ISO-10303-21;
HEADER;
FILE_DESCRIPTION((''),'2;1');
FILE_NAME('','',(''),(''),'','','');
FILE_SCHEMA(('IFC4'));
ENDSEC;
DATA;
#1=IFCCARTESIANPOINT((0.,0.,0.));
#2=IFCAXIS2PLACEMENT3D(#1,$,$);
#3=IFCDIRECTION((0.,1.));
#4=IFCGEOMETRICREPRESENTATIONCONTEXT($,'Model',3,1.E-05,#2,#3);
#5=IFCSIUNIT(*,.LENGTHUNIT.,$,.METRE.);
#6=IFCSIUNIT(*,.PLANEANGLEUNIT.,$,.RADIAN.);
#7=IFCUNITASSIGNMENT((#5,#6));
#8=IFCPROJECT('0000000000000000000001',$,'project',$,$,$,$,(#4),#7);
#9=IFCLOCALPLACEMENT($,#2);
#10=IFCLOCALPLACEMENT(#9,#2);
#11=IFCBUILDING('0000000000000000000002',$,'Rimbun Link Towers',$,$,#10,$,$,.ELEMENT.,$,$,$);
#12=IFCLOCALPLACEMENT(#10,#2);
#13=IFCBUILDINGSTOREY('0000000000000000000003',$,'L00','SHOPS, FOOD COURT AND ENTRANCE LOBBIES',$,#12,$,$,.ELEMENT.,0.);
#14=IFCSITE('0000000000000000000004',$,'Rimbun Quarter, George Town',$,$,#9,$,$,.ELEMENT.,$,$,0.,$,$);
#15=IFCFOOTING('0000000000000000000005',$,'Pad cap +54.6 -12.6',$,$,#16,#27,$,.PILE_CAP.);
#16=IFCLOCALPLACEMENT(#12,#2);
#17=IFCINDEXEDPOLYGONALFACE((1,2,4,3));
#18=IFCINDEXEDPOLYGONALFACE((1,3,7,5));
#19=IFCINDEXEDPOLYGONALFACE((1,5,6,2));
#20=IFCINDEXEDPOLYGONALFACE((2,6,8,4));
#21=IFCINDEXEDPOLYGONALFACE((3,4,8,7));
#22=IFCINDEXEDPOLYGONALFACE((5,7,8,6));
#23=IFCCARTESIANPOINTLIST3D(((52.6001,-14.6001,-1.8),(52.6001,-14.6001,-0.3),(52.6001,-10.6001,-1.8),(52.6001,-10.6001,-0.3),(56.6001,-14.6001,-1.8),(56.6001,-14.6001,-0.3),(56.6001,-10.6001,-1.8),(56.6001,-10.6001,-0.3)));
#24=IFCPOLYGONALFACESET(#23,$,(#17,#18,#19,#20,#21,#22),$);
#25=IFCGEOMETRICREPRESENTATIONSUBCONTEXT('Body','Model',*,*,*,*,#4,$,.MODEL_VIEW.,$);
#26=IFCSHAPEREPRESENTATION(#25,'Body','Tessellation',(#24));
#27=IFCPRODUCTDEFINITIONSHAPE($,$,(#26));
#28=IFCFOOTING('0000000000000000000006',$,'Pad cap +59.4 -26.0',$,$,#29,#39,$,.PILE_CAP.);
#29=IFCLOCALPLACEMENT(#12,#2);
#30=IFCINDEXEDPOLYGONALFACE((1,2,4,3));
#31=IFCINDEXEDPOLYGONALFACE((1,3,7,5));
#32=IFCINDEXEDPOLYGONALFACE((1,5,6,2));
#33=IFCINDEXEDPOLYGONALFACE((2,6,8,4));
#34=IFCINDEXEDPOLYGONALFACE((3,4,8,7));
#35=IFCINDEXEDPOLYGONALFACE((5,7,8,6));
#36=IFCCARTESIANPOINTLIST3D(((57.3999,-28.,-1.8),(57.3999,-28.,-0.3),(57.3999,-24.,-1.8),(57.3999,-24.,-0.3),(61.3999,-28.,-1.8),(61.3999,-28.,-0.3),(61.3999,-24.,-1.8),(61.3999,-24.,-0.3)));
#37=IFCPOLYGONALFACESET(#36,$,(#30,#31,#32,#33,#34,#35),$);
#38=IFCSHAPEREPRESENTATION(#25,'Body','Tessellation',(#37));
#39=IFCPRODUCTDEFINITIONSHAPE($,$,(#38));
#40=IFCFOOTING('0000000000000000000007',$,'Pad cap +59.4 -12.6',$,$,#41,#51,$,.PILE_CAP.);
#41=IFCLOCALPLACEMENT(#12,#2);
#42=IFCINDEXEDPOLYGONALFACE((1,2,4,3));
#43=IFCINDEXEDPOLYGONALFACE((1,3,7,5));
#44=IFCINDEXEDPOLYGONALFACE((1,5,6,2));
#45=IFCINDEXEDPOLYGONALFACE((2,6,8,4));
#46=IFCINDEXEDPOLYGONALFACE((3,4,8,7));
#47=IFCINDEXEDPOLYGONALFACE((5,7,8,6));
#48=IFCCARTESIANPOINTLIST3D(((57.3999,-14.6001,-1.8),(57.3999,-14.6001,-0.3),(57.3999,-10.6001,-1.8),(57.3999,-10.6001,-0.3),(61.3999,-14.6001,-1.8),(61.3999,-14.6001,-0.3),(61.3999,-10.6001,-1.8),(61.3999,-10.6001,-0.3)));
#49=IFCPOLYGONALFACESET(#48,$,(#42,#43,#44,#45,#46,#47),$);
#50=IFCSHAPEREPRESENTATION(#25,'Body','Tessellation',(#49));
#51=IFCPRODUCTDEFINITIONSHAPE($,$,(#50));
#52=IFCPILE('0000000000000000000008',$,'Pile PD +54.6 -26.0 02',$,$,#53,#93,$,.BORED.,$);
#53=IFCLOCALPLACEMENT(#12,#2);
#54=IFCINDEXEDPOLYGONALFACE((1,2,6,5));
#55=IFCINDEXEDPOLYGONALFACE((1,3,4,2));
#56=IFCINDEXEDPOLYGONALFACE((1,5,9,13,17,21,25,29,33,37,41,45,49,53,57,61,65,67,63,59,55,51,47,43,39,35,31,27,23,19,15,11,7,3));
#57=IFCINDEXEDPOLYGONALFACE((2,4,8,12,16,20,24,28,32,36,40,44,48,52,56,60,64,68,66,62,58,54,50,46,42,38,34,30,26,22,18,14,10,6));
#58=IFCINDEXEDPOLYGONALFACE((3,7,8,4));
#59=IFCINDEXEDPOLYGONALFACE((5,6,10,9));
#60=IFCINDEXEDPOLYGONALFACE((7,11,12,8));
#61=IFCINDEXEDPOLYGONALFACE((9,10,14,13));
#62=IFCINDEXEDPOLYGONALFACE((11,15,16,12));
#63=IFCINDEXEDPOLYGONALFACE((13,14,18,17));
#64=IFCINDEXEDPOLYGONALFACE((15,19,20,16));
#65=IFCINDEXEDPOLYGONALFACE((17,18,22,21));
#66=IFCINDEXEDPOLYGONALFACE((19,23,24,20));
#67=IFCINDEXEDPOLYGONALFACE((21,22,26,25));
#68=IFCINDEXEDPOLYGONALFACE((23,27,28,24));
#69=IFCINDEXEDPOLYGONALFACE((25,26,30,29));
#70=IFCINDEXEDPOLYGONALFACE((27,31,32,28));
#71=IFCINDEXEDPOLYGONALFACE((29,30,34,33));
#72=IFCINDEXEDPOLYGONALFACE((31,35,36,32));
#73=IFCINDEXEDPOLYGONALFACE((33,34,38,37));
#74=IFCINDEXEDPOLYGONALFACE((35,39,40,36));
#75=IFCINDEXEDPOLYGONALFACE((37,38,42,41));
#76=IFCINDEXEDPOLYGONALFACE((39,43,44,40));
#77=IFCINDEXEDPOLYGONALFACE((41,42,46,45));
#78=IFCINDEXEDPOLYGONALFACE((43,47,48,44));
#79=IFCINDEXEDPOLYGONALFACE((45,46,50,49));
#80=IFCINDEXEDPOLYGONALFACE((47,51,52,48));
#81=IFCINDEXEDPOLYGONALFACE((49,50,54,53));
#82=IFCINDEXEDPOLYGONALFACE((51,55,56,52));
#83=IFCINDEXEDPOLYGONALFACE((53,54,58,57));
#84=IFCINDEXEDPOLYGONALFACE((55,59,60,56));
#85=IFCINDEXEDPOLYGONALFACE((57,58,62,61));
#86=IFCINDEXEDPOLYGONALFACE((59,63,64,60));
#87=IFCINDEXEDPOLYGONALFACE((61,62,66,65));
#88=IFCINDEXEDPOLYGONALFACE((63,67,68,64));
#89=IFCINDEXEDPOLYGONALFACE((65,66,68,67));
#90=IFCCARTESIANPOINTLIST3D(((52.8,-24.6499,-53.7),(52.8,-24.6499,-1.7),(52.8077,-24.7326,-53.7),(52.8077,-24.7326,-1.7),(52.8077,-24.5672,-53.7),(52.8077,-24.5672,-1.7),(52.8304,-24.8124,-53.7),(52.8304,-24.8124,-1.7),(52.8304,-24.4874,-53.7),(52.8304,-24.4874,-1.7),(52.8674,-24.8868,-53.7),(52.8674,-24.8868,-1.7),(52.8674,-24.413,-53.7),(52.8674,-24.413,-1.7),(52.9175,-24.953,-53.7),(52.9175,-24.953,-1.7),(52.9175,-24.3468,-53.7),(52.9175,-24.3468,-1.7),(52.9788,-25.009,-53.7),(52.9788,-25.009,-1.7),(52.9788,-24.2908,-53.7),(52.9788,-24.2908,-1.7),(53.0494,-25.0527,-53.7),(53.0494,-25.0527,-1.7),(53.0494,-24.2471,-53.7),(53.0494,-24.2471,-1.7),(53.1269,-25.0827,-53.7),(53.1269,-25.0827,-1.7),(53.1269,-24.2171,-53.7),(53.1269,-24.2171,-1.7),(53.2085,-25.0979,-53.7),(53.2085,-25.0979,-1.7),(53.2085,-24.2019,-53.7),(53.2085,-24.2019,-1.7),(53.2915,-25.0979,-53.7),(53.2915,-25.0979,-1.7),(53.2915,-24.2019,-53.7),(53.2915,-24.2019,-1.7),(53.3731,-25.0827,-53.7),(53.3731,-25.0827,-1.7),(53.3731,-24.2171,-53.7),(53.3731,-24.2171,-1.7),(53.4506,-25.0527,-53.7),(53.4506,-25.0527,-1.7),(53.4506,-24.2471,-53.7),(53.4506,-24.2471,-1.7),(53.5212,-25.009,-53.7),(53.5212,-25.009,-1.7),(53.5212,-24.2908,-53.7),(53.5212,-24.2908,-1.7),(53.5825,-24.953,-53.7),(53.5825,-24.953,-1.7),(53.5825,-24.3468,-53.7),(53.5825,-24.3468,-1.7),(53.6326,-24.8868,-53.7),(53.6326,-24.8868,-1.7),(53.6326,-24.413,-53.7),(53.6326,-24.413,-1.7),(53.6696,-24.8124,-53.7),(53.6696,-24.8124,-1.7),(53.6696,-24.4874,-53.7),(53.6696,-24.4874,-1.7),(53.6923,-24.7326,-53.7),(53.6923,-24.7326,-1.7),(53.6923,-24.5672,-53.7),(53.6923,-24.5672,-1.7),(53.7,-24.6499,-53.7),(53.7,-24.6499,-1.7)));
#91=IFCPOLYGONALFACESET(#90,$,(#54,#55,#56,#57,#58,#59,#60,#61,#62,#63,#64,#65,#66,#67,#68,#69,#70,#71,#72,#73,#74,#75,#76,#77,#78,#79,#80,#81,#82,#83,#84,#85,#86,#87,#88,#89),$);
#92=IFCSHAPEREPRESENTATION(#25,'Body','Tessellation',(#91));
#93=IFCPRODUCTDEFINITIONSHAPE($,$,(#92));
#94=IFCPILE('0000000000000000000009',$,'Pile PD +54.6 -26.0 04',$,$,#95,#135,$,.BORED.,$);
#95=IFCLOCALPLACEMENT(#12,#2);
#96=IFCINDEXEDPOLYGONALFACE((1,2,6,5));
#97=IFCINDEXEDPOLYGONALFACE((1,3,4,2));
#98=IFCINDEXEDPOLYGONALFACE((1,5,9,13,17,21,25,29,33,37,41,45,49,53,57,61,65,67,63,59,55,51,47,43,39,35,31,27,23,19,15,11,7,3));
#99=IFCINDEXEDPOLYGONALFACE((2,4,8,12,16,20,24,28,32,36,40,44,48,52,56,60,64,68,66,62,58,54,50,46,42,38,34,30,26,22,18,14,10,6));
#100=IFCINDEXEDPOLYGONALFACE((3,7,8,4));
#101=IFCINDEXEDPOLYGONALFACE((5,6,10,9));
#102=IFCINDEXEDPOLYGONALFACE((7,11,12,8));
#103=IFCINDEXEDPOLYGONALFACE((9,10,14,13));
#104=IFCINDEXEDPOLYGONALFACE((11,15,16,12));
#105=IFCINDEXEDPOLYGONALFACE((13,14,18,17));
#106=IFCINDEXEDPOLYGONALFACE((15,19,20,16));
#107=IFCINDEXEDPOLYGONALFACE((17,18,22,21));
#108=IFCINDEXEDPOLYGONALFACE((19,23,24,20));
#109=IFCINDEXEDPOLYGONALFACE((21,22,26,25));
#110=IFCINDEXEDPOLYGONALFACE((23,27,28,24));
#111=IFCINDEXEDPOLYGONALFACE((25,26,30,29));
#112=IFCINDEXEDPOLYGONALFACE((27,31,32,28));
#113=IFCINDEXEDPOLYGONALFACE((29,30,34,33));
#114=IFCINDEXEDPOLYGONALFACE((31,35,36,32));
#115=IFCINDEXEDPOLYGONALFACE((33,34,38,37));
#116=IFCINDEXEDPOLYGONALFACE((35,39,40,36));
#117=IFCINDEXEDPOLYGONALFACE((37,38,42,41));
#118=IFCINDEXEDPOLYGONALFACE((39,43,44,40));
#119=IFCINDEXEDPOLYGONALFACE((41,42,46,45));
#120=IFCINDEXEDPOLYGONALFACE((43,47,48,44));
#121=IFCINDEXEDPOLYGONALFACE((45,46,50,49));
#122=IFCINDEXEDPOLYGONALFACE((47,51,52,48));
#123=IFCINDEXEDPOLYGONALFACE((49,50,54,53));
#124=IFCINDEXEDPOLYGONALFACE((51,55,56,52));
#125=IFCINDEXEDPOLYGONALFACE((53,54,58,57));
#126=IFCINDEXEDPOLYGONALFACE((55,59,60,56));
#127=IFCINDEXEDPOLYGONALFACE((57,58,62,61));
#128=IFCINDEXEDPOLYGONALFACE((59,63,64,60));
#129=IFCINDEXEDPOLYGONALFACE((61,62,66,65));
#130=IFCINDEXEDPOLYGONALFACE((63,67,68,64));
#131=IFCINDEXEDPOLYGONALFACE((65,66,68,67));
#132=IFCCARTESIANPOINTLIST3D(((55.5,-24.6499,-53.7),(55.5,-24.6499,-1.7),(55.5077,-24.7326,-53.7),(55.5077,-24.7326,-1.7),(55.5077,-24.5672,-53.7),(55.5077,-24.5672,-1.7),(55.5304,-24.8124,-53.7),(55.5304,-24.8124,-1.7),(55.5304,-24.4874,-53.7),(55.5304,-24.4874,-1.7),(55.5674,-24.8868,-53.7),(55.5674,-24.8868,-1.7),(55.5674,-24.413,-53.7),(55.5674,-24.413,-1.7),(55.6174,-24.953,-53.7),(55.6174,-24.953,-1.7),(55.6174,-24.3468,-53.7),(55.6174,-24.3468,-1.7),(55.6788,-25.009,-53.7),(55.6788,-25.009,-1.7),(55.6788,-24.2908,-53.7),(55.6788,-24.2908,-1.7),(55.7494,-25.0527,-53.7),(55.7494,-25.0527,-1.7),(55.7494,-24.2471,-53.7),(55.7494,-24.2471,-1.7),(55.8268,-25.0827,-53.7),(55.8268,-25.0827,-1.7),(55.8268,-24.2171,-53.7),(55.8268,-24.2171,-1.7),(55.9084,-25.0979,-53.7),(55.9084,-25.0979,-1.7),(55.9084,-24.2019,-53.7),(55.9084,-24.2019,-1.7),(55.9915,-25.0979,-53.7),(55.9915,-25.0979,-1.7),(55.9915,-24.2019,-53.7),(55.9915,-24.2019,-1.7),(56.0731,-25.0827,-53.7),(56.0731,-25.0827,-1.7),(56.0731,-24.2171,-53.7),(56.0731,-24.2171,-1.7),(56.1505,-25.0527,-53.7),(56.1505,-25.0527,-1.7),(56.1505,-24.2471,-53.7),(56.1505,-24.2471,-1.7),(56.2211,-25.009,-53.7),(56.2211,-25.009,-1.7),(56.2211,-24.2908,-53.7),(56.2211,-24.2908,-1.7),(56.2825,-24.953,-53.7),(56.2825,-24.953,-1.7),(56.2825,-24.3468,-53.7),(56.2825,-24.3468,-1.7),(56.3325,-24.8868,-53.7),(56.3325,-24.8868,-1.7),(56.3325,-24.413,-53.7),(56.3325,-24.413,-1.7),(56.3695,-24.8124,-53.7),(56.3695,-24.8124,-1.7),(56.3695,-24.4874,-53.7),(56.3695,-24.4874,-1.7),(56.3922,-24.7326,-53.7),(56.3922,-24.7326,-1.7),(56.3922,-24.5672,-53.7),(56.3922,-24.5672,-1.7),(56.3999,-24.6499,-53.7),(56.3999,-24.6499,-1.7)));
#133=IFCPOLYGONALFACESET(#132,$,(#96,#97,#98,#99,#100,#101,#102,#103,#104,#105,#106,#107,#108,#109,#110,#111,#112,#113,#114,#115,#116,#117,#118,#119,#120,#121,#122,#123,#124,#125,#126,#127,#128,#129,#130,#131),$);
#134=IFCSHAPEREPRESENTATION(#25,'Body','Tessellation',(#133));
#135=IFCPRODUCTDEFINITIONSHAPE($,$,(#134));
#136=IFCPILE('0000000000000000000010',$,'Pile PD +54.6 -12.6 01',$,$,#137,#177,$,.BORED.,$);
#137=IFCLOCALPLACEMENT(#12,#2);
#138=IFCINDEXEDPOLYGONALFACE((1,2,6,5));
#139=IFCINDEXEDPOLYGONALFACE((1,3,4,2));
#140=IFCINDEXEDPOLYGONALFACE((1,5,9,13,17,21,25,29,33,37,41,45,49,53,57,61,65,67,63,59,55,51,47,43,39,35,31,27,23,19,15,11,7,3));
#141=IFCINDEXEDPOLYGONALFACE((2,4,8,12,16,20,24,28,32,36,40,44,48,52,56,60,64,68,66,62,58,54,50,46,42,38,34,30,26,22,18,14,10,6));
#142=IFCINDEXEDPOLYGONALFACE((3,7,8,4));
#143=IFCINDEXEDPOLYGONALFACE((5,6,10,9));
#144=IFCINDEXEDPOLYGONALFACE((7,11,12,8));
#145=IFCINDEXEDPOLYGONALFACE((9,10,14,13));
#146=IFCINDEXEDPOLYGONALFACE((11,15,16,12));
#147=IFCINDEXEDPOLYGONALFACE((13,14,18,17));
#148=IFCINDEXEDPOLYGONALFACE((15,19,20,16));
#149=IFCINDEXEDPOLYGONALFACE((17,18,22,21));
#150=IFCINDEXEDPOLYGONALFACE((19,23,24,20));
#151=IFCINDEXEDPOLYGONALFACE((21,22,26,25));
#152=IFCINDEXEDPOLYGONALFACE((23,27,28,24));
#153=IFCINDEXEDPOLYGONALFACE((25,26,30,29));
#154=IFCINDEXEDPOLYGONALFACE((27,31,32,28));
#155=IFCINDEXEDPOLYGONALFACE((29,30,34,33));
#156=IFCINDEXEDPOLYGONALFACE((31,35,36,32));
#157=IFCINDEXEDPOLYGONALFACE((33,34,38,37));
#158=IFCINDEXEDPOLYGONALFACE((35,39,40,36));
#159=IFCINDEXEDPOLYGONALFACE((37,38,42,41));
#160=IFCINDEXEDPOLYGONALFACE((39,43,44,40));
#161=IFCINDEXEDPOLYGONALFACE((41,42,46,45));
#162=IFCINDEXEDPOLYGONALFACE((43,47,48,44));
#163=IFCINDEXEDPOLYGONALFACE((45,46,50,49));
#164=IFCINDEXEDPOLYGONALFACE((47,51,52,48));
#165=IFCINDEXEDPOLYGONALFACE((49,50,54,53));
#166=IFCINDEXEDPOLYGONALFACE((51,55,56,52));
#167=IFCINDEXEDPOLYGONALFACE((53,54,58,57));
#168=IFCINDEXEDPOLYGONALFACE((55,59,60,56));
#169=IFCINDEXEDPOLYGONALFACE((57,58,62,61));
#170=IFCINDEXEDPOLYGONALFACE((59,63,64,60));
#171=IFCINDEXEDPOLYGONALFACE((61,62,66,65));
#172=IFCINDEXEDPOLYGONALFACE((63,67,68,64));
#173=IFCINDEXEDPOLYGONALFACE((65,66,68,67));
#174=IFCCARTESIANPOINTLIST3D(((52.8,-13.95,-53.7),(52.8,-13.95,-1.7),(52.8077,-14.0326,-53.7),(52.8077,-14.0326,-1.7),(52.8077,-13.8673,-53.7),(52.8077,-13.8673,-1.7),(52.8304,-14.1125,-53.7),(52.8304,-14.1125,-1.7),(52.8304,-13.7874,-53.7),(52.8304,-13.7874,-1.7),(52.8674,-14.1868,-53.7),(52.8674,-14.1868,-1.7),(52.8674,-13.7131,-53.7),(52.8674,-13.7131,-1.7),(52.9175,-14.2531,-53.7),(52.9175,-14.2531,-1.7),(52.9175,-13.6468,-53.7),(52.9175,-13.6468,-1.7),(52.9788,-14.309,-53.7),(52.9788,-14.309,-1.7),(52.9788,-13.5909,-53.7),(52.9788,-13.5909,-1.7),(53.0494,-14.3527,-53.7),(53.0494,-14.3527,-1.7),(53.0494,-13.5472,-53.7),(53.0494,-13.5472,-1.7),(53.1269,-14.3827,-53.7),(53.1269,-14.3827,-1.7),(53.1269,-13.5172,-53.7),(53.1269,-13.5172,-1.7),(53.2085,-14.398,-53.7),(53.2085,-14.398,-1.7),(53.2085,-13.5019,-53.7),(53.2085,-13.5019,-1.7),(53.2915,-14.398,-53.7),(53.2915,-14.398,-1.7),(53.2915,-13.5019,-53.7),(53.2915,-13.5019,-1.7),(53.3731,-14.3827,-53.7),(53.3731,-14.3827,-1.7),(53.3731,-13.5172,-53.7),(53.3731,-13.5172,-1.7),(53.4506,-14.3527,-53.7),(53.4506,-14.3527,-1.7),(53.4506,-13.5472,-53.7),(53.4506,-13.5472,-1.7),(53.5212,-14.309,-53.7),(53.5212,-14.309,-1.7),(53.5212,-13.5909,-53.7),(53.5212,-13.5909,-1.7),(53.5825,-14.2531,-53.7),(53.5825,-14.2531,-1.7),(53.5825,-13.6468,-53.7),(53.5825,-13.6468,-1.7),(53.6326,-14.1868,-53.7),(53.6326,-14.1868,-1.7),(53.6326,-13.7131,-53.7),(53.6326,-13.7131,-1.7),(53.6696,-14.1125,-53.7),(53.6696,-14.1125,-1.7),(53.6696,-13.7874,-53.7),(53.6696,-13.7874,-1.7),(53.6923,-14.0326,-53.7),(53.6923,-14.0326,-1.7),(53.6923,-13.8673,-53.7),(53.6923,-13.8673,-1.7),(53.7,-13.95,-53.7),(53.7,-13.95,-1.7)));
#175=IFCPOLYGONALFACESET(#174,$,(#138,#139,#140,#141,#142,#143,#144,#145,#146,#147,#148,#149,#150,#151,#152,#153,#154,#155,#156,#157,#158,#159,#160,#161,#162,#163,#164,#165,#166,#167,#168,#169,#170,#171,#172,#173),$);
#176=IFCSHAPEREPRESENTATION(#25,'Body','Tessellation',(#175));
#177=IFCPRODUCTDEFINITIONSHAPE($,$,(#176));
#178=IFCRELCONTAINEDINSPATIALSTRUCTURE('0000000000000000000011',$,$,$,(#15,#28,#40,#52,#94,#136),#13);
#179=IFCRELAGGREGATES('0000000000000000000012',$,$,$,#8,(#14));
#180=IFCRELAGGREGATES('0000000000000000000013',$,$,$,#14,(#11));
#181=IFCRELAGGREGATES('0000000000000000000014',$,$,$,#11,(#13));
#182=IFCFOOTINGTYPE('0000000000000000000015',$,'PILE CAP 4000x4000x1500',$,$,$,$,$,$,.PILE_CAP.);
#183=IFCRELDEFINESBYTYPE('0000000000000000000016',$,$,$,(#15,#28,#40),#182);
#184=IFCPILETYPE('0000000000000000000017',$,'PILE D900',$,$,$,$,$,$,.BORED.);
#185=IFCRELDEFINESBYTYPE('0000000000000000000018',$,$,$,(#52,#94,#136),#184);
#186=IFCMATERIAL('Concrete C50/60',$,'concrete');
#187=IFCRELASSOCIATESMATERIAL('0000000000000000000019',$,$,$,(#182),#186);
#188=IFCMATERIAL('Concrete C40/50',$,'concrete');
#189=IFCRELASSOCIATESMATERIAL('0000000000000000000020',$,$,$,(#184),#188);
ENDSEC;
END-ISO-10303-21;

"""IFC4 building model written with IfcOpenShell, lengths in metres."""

from ifc_helpers import new_model, si_unit, direction, frame, origin, origin_2d, place, context, subcontext, project, spatial, rectangle, circle, extrude, material, material_profile, profile_set, type_object, element, save


model = new_model("IFC4")

# Units and contexts
model_context = context("Model", 3, precision=1e-05, world=origin(), true_north=direction((0.0, 1.0)))
body_context = subcontext(model_context, "Body", "Model", "MODEL_VIEW")
ifc_project = project(units=[si_unit("LENGTHUNIT", "METRE"), si_unit("PLANEANGLEUNIT", "RADIAN")], contexts=[model_context])

# Site, building, storey
site_placement = place(None, origin())
site = spatial("IfcSite", under=ifc_project, at=site_placement, Name="Rimbun Quarter, George Town", CompositionType="ELEMENT", RefElevation=0.0)
building_placement = place(site_placement, origin())
building = spatial("IfcBuilding", under=site, at=building_placement, Name="Rimbun Link Towers", CompositionType="ELEMENT")
storey_placement = place(building_placement, origin())
storey = spatial("IfcBuildingStorey", under=building, at=storey_placement, Name="L00", Description="SHOPS, FOOD COURT AND ENTRANCE LOBBIES", CompositionType="ELEMENT", Elevation=0.0)

# Footings
ifc_material_1 = material(Name="Concrete C50/60", Category="concrete")
footing_type = type_object("IfcFootingType", Name="PILE CAP 4000x4000x1500", PredefinedType="PILE_CAP", material=ifc_material_1)
for number, where, z_axis, x_axis, name in (
    (1, (54.6001, -12.6001, -1.8), (0.0, 0.0, 1.0), (1.0, 0.0, 0.0), "Pad cap +54.6 -12.6"),
    (2, (59.3999, -26.0, -1.8), (0.0, 0.0, 1.0), (1.0, 0.0, 0.0), "Pad cap +59.4 -26.0"),
    (3, (59.3999, -12.6001, -1.8), (0.0, 0.0, 1.0), (1.0, 0.0, 0.0), "Pad cap +59.4 -12.6"),
):
    element("IfcFooting", number, at=place(storey_placement, frame(where, z_axis=z_axis, x_axis=x_axis)), inside=storey, type_object=footing_type, Name=name, PredefinedType="PILE_CAP", context=body_context, shape_type="SweptSolid", body=[
        extrude(rectangle(XDim=4.0, YDim=4.0, at=origin_2d()), origin(), (0.0, 0.0, 1.0), 1.5),
    ])

# Piles
ifc_material_2 = material(Name="Concrete C40/50", Category="concrete")
ifc_material_profile_1 = material_profile(ifc_material_2, circle(Radius=0.45, at=origin_2d()), Name="PILE D900")
ifc_profile_set_1 = profile_set([ifc_material_profile_1], Name="Concrete C40/50")
pile_type = type_object("IfcPileType", Name="PILE D900", PredefinedType="BORED", material=ifc_profile_set_1)
for number, where, z_axis, x_axis, name in (
    (4, (53.25, -24.6499, -1.7), (0.0, 0.0, -1.0), (1.0, 0.0, 0.0), "Pile PD +54.6 -26.0 02"),
    (5, (55.95, -24.6499, -1.7), (0.0, 0.0, -1.0), (1.0, 0.0, 0.0), "Pile PD +54.6 -26.0 04"),
    (6, (53.25, -13.95, -1.7), (0.0, 0.0, -1.0), (1.0, 0.0, 0.0), "Pile PD +54.6 -12.6 01"),
):
    element("IfcPile", number, at=place(storey_placement, frame(where, z_axis=z_axis, x_axis=x_axis)), inside=storey, type_object=pile_type, Name=name, PredefinedType="BORED", context=body_context, shape_type="SweptSolid", body=[
        extrude(circle(Radius=0.45, at=origin_2d()), origin(), (0.0, 0.0, 1.0), 52.0),
    ])

save(model, "model.ifc")
